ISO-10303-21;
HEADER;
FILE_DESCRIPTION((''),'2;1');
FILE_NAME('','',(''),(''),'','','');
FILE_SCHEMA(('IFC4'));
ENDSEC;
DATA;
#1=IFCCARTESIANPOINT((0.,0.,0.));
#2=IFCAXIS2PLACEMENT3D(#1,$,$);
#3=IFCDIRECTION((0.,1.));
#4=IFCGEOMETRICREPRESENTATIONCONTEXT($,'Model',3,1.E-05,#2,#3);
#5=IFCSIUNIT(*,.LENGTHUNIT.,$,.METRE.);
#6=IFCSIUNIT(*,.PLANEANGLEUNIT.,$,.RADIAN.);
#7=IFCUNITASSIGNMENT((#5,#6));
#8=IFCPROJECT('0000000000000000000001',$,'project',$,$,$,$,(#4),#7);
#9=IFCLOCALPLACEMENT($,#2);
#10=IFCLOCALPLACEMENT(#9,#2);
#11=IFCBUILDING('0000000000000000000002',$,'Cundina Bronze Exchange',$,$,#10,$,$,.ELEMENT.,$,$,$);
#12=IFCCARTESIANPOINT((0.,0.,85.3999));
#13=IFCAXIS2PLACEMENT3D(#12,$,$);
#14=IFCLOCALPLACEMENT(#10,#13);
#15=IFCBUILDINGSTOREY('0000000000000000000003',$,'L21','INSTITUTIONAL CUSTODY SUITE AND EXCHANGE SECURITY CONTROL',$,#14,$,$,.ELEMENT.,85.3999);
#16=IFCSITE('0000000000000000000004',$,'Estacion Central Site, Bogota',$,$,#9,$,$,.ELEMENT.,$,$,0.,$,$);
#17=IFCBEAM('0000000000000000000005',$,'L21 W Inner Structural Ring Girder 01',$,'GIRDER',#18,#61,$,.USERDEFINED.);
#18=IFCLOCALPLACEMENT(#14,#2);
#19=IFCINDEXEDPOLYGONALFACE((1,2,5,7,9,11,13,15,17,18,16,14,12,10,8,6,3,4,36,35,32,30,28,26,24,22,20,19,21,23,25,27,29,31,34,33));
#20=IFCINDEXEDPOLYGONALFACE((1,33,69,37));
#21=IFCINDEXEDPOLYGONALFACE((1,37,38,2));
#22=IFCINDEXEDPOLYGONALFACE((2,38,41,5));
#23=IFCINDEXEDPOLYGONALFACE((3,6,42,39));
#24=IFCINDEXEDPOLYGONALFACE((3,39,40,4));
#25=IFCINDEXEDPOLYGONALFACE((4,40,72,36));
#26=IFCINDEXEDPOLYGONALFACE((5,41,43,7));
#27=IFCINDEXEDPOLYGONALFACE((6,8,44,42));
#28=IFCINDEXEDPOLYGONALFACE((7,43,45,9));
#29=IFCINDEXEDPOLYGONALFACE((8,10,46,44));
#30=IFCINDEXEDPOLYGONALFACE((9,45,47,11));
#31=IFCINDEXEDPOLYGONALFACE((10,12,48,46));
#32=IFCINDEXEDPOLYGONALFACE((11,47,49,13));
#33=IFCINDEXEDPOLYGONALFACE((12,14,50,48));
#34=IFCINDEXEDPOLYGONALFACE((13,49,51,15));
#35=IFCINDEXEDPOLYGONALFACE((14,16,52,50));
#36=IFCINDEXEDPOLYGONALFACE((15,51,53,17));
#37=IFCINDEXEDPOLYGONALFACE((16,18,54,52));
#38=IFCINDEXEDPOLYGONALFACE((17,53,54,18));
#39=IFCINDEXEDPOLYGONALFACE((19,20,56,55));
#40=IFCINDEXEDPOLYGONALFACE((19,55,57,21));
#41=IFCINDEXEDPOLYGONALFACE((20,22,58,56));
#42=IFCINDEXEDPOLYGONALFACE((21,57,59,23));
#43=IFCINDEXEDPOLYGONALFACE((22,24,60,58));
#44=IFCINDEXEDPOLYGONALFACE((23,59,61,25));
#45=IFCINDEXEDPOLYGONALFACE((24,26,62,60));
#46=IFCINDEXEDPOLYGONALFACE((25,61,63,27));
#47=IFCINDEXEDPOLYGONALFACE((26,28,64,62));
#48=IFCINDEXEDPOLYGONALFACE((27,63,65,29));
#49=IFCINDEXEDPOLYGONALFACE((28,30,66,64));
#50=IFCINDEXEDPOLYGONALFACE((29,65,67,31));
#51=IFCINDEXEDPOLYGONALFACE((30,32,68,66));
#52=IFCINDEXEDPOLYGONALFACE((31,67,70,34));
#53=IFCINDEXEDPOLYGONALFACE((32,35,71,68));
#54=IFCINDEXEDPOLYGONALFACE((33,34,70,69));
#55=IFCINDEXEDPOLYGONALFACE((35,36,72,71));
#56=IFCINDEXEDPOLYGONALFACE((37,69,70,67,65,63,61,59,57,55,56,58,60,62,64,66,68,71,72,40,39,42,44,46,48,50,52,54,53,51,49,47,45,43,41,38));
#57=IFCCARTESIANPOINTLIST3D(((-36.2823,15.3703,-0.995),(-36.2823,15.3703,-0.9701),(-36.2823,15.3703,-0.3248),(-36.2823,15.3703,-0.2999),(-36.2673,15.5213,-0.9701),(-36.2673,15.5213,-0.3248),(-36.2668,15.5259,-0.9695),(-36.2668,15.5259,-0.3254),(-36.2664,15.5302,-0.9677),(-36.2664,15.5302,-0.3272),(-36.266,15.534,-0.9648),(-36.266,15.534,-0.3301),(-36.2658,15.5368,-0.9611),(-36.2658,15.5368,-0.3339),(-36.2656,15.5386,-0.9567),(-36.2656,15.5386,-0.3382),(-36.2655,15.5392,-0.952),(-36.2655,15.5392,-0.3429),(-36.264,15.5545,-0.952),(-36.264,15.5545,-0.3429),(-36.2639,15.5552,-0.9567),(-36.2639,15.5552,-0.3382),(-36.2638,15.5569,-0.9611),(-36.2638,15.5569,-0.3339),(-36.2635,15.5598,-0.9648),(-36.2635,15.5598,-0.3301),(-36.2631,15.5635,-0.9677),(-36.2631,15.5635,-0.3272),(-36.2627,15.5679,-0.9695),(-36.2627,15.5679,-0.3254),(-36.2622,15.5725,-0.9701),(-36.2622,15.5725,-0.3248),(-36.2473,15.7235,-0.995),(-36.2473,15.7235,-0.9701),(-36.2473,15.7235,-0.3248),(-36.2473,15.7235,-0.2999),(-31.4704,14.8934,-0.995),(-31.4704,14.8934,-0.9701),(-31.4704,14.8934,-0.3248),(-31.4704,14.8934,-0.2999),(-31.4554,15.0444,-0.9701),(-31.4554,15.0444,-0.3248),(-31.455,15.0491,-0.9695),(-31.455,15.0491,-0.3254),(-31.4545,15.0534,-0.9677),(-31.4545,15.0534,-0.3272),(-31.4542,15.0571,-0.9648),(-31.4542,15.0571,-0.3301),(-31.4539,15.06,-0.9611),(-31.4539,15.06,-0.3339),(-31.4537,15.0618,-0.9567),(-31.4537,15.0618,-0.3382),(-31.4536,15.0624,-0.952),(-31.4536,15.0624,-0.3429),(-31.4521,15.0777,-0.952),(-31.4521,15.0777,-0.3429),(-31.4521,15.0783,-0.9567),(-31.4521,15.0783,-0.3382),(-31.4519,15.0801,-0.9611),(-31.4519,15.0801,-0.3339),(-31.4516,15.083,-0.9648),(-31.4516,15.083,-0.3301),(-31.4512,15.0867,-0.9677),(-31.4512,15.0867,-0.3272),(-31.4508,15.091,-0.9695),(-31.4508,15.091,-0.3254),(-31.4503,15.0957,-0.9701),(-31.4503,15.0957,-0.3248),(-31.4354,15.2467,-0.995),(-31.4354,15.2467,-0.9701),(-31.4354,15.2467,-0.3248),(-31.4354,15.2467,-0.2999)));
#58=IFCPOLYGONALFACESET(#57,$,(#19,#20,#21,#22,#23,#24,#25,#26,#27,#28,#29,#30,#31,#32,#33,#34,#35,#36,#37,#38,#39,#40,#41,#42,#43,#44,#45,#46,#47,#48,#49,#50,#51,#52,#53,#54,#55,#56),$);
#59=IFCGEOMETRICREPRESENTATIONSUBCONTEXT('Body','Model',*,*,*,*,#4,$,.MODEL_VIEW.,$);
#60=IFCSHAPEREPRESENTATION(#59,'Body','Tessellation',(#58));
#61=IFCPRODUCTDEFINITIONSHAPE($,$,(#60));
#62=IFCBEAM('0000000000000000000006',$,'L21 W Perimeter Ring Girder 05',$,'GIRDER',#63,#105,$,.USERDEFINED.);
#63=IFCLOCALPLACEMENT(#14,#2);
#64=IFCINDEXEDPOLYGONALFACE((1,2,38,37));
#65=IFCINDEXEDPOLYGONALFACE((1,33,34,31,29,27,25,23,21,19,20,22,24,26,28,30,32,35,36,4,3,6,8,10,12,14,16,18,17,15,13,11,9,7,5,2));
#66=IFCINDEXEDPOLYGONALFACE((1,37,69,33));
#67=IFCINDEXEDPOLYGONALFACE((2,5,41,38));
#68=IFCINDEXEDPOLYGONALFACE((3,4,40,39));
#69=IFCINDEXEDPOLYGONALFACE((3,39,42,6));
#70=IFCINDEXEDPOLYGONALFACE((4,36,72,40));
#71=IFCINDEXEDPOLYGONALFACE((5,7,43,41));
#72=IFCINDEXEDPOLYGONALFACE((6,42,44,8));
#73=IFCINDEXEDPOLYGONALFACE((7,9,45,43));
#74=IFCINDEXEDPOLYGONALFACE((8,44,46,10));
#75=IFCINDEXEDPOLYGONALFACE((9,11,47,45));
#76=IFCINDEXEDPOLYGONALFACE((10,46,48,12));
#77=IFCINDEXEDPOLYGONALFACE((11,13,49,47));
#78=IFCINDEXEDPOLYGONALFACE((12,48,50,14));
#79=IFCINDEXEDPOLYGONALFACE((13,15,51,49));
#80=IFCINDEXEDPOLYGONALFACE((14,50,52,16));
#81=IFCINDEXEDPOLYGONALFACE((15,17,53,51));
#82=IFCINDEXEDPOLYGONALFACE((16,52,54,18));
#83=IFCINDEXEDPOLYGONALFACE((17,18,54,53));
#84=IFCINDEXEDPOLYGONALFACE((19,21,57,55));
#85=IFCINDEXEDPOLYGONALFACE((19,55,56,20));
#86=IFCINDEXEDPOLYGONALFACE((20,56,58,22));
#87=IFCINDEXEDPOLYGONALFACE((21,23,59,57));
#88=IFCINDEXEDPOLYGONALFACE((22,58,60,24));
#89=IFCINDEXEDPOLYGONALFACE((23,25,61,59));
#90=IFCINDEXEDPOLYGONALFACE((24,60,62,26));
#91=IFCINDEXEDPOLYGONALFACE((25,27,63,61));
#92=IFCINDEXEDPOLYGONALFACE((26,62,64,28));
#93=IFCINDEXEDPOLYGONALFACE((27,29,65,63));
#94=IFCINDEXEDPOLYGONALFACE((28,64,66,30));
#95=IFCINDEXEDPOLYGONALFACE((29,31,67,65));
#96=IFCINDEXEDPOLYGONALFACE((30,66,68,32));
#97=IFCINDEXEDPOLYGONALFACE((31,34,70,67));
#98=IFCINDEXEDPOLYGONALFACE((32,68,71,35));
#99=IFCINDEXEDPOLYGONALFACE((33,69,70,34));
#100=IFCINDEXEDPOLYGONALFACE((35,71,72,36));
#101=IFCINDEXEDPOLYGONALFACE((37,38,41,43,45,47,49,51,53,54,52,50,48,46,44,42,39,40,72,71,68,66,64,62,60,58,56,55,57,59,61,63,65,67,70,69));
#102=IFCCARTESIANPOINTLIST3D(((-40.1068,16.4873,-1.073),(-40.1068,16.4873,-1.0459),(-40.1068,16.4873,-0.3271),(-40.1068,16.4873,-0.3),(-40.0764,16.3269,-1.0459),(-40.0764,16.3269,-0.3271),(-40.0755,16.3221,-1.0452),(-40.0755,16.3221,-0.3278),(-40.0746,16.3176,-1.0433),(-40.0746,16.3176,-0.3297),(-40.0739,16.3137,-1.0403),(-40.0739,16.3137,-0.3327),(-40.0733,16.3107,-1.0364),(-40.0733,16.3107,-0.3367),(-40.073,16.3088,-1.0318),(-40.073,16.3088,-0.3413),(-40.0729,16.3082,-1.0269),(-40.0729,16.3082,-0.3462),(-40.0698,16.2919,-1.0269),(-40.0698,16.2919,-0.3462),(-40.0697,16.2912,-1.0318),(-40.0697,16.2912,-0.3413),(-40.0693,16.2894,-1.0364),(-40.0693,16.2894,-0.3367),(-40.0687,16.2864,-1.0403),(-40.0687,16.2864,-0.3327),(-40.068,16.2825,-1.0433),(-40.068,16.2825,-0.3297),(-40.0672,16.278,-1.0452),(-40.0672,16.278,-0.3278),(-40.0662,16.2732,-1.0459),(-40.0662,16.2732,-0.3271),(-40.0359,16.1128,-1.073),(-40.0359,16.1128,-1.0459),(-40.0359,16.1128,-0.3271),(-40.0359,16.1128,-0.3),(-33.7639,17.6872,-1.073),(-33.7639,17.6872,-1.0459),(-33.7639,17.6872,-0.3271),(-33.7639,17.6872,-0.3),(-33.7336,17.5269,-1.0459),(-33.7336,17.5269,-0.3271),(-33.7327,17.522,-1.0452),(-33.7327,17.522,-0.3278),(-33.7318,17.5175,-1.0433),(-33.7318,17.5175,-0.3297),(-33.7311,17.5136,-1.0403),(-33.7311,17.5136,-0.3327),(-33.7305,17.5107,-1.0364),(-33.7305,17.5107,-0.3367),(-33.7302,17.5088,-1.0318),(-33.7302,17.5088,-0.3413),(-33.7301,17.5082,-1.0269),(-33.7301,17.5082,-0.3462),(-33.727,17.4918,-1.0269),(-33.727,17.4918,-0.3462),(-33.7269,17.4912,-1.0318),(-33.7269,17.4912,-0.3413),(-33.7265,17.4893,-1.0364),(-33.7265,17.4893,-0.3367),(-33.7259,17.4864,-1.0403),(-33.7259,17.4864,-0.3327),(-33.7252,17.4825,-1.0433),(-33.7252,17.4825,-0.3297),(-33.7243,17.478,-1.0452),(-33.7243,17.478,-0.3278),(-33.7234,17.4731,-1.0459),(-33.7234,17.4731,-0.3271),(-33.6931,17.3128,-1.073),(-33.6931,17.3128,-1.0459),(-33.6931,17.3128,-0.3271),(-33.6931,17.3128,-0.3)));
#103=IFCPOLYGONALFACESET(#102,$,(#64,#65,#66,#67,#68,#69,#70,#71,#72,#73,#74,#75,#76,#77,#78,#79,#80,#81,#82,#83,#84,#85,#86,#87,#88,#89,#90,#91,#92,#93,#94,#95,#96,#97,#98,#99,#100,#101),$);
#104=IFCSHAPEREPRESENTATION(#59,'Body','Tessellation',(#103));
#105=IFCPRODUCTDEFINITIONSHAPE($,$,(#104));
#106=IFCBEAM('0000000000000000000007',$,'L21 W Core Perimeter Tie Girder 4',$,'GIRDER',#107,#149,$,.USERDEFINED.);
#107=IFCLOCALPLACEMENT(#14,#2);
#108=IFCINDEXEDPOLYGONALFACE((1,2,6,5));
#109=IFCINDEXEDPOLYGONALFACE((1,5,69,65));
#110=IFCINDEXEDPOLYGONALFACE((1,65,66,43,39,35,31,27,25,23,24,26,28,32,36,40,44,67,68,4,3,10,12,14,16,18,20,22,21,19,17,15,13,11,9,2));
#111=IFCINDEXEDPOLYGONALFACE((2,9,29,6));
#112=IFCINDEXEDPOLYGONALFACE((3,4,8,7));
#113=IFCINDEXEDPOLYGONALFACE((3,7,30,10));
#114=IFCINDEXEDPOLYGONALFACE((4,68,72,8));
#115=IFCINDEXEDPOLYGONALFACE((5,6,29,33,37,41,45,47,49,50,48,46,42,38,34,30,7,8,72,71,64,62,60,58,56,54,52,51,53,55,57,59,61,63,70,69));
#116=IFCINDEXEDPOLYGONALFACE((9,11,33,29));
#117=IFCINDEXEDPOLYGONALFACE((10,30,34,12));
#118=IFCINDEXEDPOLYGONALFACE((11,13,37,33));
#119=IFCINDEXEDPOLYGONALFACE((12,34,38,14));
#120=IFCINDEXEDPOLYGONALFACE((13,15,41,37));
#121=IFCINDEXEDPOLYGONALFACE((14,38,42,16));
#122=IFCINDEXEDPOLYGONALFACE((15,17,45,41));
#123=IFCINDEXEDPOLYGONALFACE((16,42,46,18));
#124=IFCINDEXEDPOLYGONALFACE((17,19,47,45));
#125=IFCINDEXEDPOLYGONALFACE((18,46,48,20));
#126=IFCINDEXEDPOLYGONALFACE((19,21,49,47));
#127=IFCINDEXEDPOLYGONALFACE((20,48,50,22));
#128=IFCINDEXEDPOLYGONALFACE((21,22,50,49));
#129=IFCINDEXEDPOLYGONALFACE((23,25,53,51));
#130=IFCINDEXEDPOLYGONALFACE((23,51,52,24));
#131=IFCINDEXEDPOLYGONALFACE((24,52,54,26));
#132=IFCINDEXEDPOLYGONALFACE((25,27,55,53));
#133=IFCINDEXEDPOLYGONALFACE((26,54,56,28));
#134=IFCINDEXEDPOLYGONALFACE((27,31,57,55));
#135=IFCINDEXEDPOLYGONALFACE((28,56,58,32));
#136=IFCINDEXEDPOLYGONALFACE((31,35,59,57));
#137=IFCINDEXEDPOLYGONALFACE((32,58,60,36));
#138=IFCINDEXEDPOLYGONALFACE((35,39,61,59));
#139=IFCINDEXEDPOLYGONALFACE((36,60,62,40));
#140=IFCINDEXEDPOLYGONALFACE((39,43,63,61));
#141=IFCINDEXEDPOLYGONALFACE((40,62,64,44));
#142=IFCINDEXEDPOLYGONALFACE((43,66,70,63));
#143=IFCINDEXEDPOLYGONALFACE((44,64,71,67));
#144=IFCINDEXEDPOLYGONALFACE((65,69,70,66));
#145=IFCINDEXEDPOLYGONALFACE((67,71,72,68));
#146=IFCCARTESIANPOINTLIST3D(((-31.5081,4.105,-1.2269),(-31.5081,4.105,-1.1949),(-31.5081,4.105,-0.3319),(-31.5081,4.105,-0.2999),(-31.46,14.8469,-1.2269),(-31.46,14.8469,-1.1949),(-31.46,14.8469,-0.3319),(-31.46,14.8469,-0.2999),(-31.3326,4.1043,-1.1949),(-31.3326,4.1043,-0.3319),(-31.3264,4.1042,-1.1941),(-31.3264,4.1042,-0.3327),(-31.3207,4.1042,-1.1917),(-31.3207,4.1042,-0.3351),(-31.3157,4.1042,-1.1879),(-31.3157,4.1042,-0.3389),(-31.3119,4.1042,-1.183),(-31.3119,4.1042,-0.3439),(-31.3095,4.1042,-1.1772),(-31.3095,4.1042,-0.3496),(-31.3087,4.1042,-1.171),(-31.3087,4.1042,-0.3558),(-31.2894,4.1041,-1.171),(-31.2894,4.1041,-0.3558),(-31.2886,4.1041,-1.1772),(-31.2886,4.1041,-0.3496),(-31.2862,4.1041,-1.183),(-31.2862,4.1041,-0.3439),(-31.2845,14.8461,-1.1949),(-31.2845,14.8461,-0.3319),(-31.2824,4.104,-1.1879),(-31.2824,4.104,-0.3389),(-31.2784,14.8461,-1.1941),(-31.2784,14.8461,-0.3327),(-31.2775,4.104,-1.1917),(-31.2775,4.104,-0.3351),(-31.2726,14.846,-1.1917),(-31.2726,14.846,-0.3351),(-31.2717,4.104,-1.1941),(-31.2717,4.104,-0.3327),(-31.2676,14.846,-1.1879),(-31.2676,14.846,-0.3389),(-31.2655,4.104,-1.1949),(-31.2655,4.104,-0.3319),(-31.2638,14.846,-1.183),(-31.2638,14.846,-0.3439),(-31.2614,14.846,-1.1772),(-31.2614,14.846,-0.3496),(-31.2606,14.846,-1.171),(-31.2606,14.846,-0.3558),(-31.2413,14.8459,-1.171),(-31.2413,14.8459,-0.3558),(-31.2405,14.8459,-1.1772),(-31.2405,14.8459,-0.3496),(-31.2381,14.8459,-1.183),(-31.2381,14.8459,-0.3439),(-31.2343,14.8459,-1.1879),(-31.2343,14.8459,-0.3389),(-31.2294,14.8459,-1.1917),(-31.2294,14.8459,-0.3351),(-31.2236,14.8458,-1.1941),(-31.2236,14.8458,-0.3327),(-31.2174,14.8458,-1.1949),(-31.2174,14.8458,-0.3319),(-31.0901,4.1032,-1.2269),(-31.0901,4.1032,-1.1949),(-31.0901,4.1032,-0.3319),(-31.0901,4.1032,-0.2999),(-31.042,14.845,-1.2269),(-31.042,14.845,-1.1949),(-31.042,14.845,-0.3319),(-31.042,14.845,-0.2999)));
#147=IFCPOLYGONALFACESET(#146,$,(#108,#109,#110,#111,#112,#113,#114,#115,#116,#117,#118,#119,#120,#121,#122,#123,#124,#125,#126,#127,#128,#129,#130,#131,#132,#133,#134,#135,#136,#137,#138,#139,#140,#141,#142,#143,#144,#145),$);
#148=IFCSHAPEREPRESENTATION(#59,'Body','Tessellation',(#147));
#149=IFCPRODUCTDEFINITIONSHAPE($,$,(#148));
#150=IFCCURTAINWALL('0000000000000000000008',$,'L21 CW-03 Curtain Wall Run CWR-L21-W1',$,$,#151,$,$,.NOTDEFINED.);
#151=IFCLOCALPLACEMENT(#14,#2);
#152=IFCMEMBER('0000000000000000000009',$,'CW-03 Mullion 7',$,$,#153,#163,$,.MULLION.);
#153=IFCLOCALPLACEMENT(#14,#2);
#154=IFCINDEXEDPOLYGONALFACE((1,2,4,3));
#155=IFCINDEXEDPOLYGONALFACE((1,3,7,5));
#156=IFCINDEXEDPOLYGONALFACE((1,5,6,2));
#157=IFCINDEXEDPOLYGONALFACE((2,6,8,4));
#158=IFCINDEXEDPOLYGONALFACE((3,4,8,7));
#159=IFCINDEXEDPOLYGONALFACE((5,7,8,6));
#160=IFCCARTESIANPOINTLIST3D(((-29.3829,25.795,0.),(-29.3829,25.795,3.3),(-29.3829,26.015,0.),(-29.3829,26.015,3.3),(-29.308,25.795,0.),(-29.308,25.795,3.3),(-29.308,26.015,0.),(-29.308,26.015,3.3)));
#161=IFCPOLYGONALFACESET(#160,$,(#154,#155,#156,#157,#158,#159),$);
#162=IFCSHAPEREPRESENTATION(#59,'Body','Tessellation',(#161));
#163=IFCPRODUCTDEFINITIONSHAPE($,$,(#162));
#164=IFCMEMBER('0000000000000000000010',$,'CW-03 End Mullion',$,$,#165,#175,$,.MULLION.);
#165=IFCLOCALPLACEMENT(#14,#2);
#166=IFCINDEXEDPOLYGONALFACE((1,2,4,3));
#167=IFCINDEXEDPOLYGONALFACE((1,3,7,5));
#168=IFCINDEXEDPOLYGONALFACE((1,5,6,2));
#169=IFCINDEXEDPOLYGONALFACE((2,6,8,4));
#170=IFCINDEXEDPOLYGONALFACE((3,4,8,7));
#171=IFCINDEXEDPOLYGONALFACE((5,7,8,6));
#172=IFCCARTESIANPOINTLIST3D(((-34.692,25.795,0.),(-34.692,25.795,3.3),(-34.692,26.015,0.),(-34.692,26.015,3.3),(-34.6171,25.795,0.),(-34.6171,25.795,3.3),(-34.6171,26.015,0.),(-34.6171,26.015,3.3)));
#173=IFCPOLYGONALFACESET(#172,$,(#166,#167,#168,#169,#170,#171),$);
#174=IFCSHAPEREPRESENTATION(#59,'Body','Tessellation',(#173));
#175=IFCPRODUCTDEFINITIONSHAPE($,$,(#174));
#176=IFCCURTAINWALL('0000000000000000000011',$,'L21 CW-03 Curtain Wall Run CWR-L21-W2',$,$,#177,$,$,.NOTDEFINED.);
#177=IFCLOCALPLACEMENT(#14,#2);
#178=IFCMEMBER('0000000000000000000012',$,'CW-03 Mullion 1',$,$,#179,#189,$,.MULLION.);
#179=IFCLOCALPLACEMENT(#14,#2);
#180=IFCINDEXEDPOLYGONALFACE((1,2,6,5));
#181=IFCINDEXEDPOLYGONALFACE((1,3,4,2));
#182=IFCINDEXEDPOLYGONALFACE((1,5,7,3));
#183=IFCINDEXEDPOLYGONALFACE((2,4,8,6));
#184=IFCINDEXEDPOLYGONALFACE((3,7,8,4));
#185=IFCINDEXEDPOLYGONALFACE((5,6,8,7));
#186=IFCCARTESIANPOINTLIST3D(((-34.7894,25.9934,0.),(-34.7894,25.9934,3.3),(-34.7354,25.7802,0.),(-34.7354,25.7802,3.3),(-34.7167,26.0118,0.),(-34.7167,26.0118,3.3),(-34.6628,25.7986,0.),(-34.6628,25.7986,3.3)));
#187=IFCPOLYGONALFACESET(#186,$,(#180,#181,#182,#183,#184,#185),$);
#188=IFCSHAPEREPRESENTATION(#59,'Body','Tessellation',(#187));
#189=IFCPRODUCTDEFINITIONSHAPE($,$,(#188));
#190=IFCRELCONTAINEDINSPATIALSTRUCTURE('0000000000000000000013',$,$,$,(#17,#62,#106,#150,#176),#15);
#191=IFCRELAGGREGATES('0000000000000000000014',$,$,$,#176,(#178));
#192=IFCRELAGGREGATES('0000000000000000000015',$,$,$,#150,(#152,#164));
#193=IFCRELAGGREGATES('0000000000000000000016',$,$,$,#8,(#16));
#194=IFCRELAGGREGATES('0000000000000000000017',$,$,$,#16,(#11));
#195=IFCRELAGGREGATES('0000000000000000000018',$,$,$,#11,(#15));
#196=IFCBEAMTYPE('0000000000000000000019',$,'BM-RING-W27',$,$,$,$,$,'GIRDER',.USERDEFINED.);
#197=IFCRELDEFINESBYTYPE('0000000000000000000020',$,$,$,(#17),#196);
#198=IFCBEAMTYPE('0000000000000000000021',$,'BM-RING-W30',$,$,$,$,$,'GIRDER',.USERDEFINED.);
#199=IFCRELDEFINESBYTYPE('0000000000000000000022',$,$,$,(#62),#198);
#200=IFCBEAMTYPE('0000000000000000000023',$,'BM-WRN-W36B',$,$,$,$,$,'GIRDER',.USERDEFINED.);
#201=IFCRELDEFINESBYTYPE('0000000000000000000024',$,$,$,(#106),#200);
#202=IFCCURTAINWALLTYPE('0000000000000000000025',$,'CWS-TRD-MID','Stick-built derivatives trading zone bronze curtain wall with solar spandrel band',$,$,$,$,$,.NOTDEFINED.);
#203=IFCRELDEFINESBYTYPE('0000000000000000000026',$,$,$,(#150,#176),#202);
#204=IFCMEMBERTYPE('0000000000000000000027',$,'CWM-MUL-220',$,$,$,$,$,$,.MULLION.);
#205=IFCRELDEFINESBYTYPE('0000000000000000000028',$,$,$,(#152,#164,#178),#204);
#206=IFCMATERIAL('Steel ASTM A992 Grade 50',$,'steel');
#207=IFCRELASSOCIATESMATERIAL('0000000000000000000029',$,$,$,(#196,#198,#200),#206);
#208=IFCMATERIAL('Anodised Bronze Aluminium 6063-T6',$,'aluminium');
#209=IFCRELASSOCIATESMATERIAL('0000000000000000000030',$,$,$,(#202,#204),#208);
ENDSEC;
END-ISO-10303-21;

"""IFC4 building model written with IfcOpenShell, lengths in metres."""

from ifc_helpers import new_model, si_unit, direction, frame, origin, origin_2d, place, context, subcontext, project, spatial, rectangle, i_section, extrude, material, material_profile, profile_set, type_object, element, aggregate, save


model = new_model("IFC4")

# Units and contexts
model_context = context("Model", 3, precision=1e-05, world=origin(), true_north=direction((0.0, 1.0)))
body_context = subcontext(model_context, "Body", "Model", "MODEL_VIEW")
ifc_project = project(units=[si_unit("LENGTHUNIT", "METRE"), si_unit("PLANEANGLEUNIT", "RADIAN")], contexts=[model_context])

# Site, building, storey
site_placement = place(None, origin())
site = spatial("IfcSite", under=ifc_project, at=site_placement, Name="Estacion Central Site, Bogota", CompositionType="ELEMENT", RefElevation=0.0)
building_placement = place(site_placement, origin())
building = spatial("IfcBuilding", under=site, at=building_placement, Name="Cundina Bronze Exchange", CompositionType="ELEMENT")
storey_placement = place(building_placement, frame((0.0, 0.0, 85.3999)))
storey = spatial("IfcBuildingStorey", under=building, at=storey_placement, Name="L21", Description="INSTITUTIONAL CUSTODY SUITE AND EXCHANGE SECURITY CONTROL", CompositionType="ELEMENT", Elevation=85.3999)

# Shared definitions
ifc_material_1 = material(Name="Steel ASTM A992 Grade 50", Category="steel")

# Beams
ifc_material_profile_1 = material_profile(ifc_material_1, i_section(OverallWidth=0.355, OverallDepth=0.6951, WebThickness=0.0154, FlangeThickness=0.0249, FilletRadius=0.0181, at=origin_2d()), Name="W27X146", Category="steel")
ifc_profile_set_1 = profile_set([ifc_material_profile_1], Name="Steel ASTM A992 Grade 50")
beam_type_1 = type_object("IfcBeamType", Name="BM-RING-W27", ElementType="GIRDER", PredefinedType="USERDEFINED", material=ifc_profile_set_1)
beam_1_placement = place(storey_placement, frame((-31.4529, 15.0701, -0.6475), z_axis=(-0.995126, 0.098609, 0.0), x_axis=(-0.098609, -0.995126, 0.0)))
element("IfcBeam", 1, at=beam_1_placement, inside=storey, type_object=beam_type_1, Name="L21 W Inner Structural Ring Girder 01", ObjectType="GIRDER", PredefinedType="USERDEFINED", context=body_context, shape_type="SweptSolid", body=[
    extrude(i_section(OverallWidth=0.355, OverallDepth=0.6951, WebThickness=0.0154, FlangeThickness=0.0249, FilletRadius=0.0181, at=origin_2d()), origin(), (0.0, 0.0, 1.0), 4.8354),
])
ifc_material_profile_2 = material_profile(ifc_material_1, i_section(OverallWidth=0.3811, OverallDepth=0.7729, WebThickness=0.0166, FlangeThickness=0.0271, FilletRadius=0.019, at=origin_2d()), Name="W30X173", Category="steel")
ifc_profile_set_2 = profile_set([ifc_material_profile_2], Name="Steel ASTM A992 Grade 50")
beam_type_2 = type_object("IfcBeamType", Name="BM-RING-W30", ElementType="GIRDER", PredefinedType="USERDEFINED", material=ifc_profile_set_2)
beam_2_placement = place(storey_placement, frame((-33.7285, 17.5, -0.6865), z_axis=(-0.982571, -0.185887, 0.0), x_axis=(0.185887, -0.982571, 0.0)))
element("IfcBeam", 2, at=beam_2_placement, inside=storey, type_object=beam_type_2, Name="L21 W Perimeter Ring Girder 05", ObjectType="GIRDER", PredefinedType="USERDEFINED", context=body_context, shape_type="SweptSolid", body=[
    extrude(i_section(OverallWidth=0.3811, OverallDepth=0.7729, WebThickness=0.0166, FlangeThickness=0.0271, FilletRadius=0.019, at=origin_2d()), origin(), (0.0, 0.0, 1.0), 6.4553),
])
ifc_material_profile_3 = material_profile(ifc_material_1, i_section(OverallWidth=0.418, OverallDepth=0.927, WebThickness=0.0193, FlangeThickness=0.032, FilletRadius=0.0239, at=origin_2d()), Name="W36X231", Category="steel")
ifc_profile_set_3 = profile_set([ifc_material_profile_3], Name="Steel ASTM A992 Grade 50")
beam_type_3 = type_object("IfcBeamType", Name="BM-WRN-W36B", ElementType="GIRDER", PredefinedType="USERDEFINED", material=ifc_profile_set_3)
beam_3_placement = place(storey_placement, frame((-31.251, 14.8459, -0.7634), z_axis=(-0.004477, -0.99999, 0.0), x_axis=(0.99999, -0.004477, 0.0)))
element("IfcBeam", 3, at=beam_3_placement, inside=storey, type_object=beam_type_3, Name="L21 W Core Perimeter Tie Girder 4", ObjectType="GIRDER", PredefinedType="USERDEFINED", context=body_context, shape_type="SweptSolid", body=[
    extrude(i_section(OverallWidth=0.418, OverallDepth=0.927, WebThickness=0.0193, FlangeThickness=0.032, FilletRadius=0.0239, at=origin_2d()), origin(), (0.0, 0.0, 1.0), 10.7419),
])

# Curtain wall, members
ifc_material_2 = material(Name="Anodised Bronze Aluminium 6063-T6", Category="aluminium")
curtain_wall_type = type_object("IfcCurtainWallType", Name="CWS-TRD-MID", Description="Stick-built derivatives trading zone bronze curtain wall with solar spandrel band", PredefinedType="NOTDEFINED", material=ifc_material_2)
curtain_wall_1_placement = place(storey_placement, origin())
curtain_wall_1 = element("IfcCurtainWall", 4, at=curtain_wall_1_placement, inside=storey, type_object=curtain_wall_type, Name="L21 CW-03 Curtain Wall Run CWR-L21-W1", PredefinedType="NOTDEFINED")
ifc_material_profile_4 = material_profile(ifc_material_2, rectangle(XDim=0.075, YDim=0.22, at=origin_2d()), Name="AL75X220", Category="aluminium")
ifc_profile_set_4 = profile_set([ifc_material_profile_4], Name="Anodised Bronze Aluminium 6063-T6")
member_type_1 = type_object("IfcMemberType", Name="CWM-MUL-220", PredefinedType="MULLION", material=ifc_profile_set_4)
member_1_placement = place(storey_placement, frame((-29.3455, 25.905, 0.0), z_axis=(0.0, 0.0, 1.0), x_axis=(-1.0, 0.0, 0.0)))
member_1 = element("IfcMember", 5, at=member_1_placement, type_object=member_type_1, Name="CW-03 Mullion 7", PredefinedType="MULLION", context=body_context, shape_type="SweptSolid", body=[
    extrude(rectangle(XDim=0.075, YDim=0.22, at=origin_2d()), origin(), (0.0, 0.0, 1.0), 3.3),
])
member_2_placement = place(storey_placement, frame((-34.6545, 25.905, 0.0), z_axis=(0.0, 0.0, 1.0), x_axis=(-1.0, 0.0, 0.0)))
member_2 = element("IfcMember", 6, at=member_2_placement, type_object=member_type_1, Name="CW-03 End Mullion", PredefinedType="MULLION", context=body_context, shape_type="SweptSolid", body=[
    extrude(rectangle(XDim=0.075, YDim=0.22, at=origin_2d()), origin(), (0.0, 0.0, 1.0), 3.3),
])

# Curtain wall, member
curtain_wall_2_placement = place(storey_placement, origin())
curtain_wall_2 = element("IfcCurtainWall", 7, at=curtain_wall_2_placement, inside=storey, type_object=curtain_wall_type, Name="L21 CW-03 Curtain Wall Run CWR-L21-W2", PredefinedType="NOTDEFINED")
member_3_placement = place(storey_placement, frame((-34.7261, 25.896, 0.0), z_axis=(0.0, 0.0, 1.0), x_axis=(-0.969488, -0.245138, 0.0)))
member_3 = element("IfcMember", 8, at=member_3_placement, type_object=member_type_1, Name="CW-03 Mullion 1", PredefinedType="MULLION", context=body_context, shape_type="SweptSolid", body=[
    extrude(rectangle(XDim=0.075, YDim=0.22, at=origin_2d()), origin(), (0.0, 0.0, 1.0), 3.3),
])

aggregate(curtain_wall_2, [member_3])

aggregate(curtain_wall_1, [member_1, member_2])

save(model, "model.ifc")
